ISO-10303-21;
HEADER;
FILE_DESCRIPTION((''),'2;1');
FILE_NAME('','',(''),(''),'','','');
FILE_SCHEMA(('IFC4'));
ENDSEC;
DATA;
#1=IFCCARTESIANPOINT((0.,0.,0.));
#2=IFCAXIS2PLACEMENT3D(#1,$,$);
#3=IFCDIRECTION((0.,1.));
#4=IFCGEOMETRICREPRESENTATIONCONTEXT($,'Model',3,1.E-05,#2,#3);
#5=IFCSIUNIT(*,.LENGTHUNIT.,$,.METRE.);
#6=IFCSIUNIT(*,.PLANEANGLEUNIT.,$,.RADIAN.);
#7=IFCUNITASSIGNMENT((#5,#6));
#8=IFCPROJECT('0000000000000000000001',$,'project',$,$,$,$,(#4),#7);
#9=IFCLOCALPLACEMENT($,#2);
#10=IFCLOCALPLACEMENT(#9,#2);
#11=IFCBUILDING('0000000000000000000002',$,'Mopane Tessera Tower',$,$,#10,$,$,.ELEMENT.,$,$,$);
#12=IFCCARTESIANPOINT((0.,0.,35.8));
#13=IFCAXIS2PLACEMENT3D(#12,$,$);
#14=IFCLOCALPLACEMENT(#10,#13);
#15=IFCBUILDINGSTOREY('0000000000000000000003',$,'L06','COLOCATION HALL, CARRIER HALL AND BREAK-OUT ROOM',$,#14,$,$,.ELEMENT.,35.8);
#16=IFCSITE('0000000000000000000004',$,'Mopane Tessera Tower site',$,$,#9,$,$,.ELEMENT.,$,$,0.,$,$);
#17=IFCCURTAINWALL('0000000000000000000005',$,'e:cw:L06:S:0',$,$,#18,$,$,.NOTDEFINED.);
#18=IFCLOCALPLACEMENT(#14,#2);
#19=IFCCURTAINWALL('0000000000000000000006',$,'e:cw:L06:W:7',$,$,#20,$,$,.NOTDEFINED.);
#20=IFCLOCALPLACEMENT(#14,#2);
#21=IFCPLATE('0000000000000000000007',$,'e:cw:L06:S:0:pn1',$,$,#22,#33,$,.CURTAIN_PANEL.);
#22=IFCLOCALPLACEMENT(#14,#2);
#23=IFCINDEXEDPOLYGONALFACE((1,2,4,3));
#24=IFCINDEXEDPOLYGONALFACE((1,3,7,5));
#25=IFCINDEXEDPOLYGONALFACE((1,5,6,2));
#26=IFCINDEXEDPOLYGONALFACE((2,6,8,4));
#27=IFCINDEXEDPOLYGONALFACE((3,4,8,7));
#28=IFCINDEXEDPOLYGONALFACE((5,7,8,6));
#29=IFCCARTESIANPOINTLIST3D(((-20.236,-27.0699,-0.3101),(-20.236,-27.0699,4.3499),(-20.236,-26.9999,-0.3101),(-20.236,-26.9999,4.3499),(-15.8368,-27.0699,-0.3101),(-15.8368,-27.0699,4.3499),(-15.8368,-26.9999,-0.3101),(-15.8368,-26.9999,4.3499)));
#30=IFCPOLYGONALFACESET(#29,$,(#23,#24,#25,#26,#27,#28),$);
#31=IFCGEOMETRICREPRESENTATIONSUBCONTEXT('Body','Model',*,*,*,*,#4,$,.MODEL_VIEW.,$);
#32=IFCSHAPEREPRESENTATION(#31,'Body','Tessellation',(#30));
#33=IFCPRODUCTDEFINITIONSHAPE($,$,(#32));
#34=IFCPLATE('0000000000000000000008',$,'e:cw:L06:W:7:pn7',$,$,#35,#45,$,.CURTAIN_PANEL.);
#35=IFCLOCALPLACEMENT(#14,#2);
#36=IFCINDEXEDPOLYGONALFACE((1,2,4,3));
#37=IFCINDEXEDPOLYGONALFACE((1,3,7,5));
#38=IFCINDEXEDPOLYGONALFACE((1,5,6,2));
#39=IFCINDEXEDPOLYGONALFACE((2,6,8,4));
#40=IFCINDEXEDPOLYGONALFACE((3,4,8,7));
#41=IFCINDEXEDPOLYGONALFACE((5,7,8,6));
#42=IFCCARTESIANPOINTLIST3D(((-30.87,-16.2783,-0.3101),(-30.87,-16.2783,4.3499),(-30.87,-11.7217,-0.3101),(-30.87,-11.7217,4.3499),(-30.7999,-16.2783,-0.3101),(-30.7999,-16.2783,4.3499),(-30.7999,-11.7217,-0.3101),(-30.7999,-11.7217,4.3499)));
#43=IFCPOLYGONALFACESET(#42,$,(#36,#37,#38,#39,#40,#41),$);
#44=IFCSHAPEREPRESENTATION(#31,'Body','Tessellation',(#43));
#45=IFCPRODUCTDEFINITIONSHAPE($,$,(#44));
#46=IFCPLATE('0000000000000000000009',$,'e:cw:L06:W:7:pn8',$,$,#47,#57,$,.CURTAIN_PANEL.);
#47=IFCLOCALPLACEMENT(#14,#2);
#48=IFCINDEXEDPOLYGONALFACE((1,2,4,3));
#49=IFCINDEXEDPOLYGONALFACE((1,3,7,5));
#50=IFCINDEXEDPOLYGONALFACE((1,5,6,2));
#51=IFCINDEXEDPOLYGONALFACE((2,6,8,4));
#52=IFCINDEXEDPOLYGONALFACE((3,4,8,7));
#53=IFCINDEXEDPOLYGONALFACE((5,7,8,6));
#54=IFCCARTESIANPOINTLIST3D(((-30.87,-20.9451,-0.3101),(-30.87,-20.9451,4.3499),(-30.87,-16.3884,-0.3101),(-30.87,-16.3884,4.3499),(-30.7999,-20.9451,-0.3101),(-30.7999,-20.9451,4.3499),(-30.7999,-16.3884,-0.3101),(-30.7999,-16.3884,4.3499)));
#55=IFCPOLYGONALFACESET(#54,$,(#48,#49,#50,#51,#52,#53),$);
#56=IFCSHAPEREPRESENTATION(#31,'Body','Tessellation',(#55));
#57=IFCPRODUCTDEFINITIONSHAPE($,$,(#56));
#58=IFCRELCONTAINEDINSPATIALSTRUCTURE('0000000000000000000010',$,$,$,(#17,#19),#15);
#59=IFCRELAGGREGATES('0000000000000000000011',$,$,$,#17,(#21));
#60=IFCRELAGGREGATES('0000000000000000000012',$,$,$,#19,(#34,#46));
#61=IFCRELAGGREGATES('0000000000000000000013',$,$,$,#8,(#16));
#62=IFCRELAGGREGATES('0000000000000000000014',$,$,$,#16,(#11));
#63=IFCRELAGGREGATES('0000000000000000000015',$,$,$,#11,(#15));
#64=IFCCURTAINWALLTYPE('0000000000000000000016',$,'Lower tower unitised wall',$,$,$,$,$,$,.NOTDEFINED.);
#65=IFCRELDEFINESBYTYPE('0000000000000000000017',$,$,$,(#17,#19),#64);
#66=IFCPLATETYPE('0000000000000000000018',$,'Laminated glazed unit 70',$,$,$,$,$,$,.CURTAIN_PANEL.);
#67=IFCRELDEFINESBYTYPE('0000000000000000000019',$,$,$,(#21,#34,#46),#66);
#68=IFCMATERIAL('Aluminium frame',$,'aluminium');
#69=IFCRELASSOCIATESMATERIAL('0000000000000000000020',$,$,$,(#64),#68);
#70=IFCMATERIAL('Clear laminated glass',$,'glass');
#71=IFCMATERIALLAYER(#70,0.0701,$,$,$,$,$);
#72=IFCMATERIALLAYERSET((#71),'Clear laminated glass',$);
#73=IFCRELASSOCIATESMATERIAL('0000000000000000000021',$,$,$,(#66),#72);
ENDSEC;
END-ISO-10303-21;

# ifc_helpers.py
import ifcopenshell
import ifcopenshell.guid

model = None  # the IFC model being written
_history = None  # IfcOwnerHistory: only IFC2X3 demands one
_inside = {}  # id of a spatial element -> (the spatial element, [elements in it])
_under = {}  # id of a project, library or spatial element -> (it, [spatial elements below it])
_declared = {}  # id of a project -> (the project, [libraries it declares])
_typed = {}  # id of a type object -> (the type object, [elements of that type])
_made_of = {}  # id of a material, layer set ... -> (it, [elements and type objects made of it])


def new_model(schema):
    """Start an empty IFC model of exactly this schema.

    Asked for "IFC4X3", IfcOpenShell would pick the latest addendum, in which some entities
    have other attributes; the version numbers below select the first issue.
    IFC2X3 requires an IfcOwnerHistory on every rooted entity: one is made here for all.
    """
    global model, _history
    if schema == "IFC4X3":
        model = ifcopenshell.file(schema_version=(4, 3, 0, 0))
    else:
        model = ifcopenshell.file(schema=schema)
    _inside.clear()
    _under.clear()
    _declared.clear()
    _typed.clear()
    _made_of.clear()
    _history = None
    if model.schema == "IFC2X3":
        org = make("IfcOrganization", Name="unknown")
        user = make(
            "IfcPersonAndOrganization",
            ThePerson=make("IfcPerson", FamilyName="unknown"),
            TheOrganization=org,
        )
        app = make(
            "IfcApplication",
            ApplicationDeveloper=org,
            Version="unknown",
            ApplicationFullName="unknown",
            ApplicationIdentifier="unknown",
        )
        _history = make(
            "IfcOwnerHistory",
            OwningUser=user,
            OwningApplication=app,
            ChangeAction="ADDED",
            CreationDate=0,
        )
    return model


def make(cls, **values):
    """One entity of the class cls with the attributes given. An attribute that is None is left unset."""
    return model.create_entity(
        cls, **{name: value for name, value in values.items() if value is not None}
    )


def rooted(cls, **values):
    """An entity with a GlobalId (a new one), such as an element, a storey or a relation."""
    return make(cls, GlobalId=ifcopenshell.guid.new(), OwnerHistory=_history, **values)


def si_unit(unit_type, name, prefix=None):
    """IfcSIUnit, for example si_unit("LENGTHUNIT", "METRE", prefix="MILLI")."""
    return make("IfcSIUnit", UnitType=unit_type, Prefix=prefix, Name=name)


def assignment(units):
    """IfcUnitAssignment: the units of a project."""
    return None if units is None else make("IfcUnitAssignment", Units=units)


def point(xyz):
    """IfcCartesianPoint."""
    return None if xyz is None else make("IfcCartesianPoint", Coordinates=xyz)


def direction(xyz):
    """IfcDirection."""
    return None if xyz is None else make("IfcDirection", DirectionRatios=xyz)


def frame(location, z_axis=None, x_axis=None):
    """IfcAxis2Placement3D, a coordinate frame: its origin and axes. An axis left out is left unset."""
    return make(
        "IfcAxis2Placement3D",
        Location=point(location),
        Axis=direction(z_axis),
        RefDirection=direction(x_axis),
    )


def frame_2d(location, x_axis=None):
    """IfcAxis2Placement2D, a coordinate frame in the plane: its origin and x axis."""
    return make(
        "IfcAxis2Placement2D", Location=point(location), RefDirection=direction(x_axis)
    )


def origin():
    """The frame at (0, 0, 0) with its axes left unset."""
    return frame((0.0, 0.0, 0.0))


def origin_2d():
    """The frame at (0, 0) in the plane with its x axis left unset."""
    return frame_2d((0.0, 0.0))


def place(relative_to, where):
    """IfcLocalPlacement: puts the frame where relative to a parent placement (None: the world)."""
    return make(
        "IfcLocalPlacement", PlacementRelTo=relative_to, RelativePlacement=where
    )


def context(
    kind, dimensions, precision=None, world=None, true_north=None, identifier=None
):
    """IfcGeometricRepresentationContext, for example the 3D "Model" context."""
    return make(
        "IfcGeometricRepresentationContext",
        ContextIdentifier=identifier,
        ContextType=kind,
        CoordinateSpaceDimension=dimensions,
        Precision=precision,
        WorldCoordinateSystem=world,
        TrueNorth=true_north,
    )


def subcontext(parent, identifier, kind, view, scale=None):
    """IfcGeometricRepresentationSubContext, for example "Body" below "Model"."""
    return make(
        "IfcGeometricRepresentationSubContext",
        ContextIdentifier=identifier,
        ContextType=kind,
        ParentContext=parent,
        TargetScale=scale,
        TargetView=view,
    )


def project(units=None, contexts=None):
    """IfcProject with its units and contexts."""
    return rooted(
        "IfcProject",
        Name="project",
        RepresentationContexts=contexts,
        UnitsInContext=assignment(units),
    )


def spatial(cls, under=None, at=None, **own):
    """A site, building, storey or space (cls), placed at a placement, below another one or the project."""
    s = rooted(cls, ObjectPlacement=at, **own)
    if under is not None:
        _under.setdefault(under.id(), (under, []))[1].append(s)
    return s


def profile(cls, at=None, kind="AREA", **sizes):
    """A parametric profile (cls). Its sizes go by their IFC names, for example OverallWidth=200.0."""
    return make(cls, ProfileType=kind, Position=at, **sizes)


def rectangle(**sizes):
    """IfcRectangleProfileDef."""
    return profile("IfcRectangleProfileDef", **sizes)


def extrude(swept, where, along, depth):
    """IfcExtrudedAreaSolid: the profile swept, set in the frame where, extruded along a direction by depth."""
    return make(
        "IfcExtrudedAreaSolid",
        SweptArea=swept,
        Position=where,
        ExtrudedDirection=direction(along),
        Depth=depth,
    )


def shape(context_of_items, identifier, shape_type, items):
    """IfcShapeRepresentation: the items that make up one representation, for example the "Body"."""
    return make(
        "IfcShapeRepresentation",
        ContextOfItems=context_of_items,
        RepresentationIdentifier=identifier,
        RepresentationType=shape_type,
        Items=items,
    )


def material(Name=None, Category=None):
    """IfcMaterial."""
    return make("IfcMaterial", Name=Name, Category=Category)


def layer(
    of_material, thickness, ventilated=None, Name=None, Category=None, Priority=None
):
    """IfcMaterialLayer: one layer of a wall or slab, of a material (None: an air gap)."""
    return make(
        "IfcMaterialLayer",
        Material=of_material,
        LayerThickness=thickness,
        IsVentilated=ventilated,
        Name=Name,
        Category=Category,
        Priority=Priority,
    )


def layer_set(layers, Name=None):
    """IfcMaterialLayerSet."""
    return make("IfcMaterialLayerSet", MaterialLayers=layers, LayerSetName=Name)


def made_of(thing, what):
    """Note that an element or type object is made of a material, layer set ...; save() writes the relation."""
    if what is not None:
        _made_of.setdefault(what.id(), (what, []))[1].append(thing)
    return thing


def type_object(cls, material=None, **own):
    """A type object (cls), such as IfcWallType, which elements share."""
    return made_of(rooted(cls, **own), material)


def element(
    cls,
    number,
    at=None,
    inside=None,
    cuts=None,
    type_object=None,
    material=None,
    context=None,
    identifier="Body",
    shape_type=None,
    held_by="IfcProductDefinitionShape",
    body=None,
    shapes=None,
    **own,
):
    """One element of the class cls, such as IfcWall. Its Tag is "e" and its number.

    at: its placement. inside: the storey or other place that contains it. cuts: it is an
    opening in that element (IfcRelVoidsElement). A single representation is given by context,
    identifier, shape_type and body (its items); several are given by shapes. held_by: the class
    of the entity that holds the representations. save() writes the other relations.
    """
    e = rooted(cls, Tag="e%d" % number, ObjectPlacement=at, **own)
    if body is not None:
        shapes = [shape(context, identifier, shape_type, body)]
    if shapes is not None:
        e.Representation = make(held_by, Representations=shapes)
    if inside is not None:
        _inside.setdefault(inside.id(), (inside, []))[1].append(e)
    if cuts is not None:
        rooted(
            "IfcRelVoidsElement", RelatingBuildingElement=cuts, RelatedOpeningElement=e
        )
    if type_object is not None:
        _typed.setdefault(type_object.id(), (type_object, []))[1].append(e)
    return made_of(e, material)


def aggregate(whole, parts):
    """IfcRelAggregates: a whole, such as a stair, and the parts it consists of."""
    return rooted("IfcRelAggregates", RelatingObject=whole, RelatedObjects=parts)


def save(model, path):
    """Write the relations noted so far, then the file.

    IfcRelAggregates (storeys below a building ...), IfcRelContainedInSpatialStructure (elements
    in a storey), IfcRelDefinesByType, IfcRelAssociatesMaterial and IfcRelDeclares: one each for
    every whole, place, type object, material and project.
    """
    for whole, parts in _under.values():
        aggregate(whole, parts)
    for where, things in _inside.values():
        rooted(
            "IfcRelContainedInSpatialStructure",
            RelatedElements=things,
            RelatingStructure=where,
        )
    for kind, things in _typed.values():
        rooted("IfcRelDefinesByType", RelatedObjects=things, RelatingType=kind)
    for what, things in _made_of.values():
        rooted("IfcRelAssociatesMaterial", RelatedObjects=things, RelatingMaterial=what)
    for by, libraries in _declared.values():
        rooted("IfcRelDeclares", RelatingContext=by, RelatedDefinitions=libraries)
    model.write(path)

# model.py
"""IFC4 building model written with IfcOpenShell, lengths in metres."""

from ifc_helpers import new_model, si_unit, direction, frame, origin, origin_2d, place, context, subcontext, project, spatial, rectangle, extrude, material, layer, layer_set, type_object, element, aggregate, save


model = new_model("IFC4")

# Units and contexts
model_context = context("Model", 3, precision=1e-05, world=origin(), true_north=direction((0.0, 1.0)))
body_context = subcontext(model_context, "Body", "Model", "MODEL_VIEW")
ifc_project = project(units=[si_unit("LENGTHUNIT", "METRE"), si_unit("PLANEANGLEUNIT", "RADIAN")], contexts=[model_context])

# Site, building, storey
site_placement = place(None, origin())
site = spatial("IfcSite", under=ifc_project, at=site_placement, Name="Mopane Tessera Tower site", CompositionType="ELEMENT", RefElevation=0.0)
building_placement = place(site_placement, origin())
building = spatial("IfcBuilding", under=site, at=building_placement, Name="Mopane Tessera Tower", CompositionType="ELEMENT")
storey_placement = place(building_placement, frame((0.0, 0.0, 35.8)))
storey = spatial("IfcBuildingStorey", under=building, at=storey_placement, Name="L06", Description="COLOCATION HALL, CARRIER HALL AND BREAK-OUT ROOM", CompositionType="ELEMENT", Elevation=35.8)

# Curtain walls
ifc_material_1 = material(Name="Aluminium frame", Category="aluminium")
curtain_wall_type = type_object("IfcCurtainWallType", Name="Lower tower unitised wall", PredefinedType="NOTDEFINED", material=ifc_material_1)
curtain_wall_1_placement = place(storey_placement, origin())
curtain_wall_1 = element("IfcCurtainWall", 1, at=curtain_wall_1_placement, inside=storey, type_object=curtain_wall_type, Name="e:cw:L06:S:0", PredefinedType="NOTDEFINED")
curtain_wall_2_placement = place(storey_placement, origin())
curtain_wall_2 = element("IfcCurtainWall", 2, at=curtain_wall_2_placement, inside=storey, type_object=curtain_wall_type, Name="e:cw:L06:W:7", PredefinedType="NOTDEFINED")

# Plates
ifc_material_2 = material(Name="Clear laminated glass", Category="glass")
ifc_layer = layer(ifc_material_2, 0.0701)
ifc_layer_set = layer_set([ifc_layer], Name="Clear laminated glass")
plate_type = type_object("IfcPlateType", Name="Laminated glazed unit 70", PredefinedType="CURTAIN_PANEL", material=ifc_layer_set)
plate_1_placement = place(storey_placement, frame((-18.0364, -27.0349, -0.3101), z_axis=(0.0, 0.0, 1.0), x_axis=(1.0, 0.0, 0.0)))
plate_1 = element("IfcPlate", 3, at=plate_1_placement, type_object=plate_type, Name="e:cw:L06:S:0:pn1", PredefinedType="CURTAIN_PANEL", context=body_context, shape_type="SweptSolid", body=[
    extrude(rectangle(XDim=4.3992, YDim=0.0701, at=origin_2d()), origin(), (0.0, 0.0, 1.0), 4.6599),
])
aggregate(curtain_wall_1, [plate_1])
plate_2_placement = place(storey_placement, frame((-30.835, -14.0, -0.3101), z_axis=(0.0, 0.0, 1.0), x_axis=(0.0, -1.0, 0.0)))
plate_2 = element("IfcPlate", 4, at=plate_2_placement, type_object=plate_type, Name="e:cw:L06:W:7:pn7", PredefinedType="CURTAIN_PANEL", context=body_context, shape_type="SweptSolid", body=[
    extrude(rectangle(XDim=4.5566, YDim=0.0701, at=origin_2d()), origin(), (0.0, 0.0, 1.0), 4.6599),
])
plate_3_placement = place(storey_placement, frame((-30.835, -18.6667, -0.3101), z_axis=(0.0, 0.0, 1.0), x_axis=(0.0, -1.0, 0.0)))
plate_3 = element("IfcPlate", 5, at=plate_3_placement, type_object=plate_type, Name="e:cw:L06:W:7:pn8", PredefinedType="CURTAIN_PANEL", context=body_context, shape_type="SweptSolid", body=[
    extrude(rectangle(XDim=4.5566, YDim=0.0701, at=origin_2d()), origin(), (0.0, 0.0, 1.0), 4.6599),
])
aggregate(curtain_wall_2, [plate_2, plate_3])

save(model, "model.ifc")
